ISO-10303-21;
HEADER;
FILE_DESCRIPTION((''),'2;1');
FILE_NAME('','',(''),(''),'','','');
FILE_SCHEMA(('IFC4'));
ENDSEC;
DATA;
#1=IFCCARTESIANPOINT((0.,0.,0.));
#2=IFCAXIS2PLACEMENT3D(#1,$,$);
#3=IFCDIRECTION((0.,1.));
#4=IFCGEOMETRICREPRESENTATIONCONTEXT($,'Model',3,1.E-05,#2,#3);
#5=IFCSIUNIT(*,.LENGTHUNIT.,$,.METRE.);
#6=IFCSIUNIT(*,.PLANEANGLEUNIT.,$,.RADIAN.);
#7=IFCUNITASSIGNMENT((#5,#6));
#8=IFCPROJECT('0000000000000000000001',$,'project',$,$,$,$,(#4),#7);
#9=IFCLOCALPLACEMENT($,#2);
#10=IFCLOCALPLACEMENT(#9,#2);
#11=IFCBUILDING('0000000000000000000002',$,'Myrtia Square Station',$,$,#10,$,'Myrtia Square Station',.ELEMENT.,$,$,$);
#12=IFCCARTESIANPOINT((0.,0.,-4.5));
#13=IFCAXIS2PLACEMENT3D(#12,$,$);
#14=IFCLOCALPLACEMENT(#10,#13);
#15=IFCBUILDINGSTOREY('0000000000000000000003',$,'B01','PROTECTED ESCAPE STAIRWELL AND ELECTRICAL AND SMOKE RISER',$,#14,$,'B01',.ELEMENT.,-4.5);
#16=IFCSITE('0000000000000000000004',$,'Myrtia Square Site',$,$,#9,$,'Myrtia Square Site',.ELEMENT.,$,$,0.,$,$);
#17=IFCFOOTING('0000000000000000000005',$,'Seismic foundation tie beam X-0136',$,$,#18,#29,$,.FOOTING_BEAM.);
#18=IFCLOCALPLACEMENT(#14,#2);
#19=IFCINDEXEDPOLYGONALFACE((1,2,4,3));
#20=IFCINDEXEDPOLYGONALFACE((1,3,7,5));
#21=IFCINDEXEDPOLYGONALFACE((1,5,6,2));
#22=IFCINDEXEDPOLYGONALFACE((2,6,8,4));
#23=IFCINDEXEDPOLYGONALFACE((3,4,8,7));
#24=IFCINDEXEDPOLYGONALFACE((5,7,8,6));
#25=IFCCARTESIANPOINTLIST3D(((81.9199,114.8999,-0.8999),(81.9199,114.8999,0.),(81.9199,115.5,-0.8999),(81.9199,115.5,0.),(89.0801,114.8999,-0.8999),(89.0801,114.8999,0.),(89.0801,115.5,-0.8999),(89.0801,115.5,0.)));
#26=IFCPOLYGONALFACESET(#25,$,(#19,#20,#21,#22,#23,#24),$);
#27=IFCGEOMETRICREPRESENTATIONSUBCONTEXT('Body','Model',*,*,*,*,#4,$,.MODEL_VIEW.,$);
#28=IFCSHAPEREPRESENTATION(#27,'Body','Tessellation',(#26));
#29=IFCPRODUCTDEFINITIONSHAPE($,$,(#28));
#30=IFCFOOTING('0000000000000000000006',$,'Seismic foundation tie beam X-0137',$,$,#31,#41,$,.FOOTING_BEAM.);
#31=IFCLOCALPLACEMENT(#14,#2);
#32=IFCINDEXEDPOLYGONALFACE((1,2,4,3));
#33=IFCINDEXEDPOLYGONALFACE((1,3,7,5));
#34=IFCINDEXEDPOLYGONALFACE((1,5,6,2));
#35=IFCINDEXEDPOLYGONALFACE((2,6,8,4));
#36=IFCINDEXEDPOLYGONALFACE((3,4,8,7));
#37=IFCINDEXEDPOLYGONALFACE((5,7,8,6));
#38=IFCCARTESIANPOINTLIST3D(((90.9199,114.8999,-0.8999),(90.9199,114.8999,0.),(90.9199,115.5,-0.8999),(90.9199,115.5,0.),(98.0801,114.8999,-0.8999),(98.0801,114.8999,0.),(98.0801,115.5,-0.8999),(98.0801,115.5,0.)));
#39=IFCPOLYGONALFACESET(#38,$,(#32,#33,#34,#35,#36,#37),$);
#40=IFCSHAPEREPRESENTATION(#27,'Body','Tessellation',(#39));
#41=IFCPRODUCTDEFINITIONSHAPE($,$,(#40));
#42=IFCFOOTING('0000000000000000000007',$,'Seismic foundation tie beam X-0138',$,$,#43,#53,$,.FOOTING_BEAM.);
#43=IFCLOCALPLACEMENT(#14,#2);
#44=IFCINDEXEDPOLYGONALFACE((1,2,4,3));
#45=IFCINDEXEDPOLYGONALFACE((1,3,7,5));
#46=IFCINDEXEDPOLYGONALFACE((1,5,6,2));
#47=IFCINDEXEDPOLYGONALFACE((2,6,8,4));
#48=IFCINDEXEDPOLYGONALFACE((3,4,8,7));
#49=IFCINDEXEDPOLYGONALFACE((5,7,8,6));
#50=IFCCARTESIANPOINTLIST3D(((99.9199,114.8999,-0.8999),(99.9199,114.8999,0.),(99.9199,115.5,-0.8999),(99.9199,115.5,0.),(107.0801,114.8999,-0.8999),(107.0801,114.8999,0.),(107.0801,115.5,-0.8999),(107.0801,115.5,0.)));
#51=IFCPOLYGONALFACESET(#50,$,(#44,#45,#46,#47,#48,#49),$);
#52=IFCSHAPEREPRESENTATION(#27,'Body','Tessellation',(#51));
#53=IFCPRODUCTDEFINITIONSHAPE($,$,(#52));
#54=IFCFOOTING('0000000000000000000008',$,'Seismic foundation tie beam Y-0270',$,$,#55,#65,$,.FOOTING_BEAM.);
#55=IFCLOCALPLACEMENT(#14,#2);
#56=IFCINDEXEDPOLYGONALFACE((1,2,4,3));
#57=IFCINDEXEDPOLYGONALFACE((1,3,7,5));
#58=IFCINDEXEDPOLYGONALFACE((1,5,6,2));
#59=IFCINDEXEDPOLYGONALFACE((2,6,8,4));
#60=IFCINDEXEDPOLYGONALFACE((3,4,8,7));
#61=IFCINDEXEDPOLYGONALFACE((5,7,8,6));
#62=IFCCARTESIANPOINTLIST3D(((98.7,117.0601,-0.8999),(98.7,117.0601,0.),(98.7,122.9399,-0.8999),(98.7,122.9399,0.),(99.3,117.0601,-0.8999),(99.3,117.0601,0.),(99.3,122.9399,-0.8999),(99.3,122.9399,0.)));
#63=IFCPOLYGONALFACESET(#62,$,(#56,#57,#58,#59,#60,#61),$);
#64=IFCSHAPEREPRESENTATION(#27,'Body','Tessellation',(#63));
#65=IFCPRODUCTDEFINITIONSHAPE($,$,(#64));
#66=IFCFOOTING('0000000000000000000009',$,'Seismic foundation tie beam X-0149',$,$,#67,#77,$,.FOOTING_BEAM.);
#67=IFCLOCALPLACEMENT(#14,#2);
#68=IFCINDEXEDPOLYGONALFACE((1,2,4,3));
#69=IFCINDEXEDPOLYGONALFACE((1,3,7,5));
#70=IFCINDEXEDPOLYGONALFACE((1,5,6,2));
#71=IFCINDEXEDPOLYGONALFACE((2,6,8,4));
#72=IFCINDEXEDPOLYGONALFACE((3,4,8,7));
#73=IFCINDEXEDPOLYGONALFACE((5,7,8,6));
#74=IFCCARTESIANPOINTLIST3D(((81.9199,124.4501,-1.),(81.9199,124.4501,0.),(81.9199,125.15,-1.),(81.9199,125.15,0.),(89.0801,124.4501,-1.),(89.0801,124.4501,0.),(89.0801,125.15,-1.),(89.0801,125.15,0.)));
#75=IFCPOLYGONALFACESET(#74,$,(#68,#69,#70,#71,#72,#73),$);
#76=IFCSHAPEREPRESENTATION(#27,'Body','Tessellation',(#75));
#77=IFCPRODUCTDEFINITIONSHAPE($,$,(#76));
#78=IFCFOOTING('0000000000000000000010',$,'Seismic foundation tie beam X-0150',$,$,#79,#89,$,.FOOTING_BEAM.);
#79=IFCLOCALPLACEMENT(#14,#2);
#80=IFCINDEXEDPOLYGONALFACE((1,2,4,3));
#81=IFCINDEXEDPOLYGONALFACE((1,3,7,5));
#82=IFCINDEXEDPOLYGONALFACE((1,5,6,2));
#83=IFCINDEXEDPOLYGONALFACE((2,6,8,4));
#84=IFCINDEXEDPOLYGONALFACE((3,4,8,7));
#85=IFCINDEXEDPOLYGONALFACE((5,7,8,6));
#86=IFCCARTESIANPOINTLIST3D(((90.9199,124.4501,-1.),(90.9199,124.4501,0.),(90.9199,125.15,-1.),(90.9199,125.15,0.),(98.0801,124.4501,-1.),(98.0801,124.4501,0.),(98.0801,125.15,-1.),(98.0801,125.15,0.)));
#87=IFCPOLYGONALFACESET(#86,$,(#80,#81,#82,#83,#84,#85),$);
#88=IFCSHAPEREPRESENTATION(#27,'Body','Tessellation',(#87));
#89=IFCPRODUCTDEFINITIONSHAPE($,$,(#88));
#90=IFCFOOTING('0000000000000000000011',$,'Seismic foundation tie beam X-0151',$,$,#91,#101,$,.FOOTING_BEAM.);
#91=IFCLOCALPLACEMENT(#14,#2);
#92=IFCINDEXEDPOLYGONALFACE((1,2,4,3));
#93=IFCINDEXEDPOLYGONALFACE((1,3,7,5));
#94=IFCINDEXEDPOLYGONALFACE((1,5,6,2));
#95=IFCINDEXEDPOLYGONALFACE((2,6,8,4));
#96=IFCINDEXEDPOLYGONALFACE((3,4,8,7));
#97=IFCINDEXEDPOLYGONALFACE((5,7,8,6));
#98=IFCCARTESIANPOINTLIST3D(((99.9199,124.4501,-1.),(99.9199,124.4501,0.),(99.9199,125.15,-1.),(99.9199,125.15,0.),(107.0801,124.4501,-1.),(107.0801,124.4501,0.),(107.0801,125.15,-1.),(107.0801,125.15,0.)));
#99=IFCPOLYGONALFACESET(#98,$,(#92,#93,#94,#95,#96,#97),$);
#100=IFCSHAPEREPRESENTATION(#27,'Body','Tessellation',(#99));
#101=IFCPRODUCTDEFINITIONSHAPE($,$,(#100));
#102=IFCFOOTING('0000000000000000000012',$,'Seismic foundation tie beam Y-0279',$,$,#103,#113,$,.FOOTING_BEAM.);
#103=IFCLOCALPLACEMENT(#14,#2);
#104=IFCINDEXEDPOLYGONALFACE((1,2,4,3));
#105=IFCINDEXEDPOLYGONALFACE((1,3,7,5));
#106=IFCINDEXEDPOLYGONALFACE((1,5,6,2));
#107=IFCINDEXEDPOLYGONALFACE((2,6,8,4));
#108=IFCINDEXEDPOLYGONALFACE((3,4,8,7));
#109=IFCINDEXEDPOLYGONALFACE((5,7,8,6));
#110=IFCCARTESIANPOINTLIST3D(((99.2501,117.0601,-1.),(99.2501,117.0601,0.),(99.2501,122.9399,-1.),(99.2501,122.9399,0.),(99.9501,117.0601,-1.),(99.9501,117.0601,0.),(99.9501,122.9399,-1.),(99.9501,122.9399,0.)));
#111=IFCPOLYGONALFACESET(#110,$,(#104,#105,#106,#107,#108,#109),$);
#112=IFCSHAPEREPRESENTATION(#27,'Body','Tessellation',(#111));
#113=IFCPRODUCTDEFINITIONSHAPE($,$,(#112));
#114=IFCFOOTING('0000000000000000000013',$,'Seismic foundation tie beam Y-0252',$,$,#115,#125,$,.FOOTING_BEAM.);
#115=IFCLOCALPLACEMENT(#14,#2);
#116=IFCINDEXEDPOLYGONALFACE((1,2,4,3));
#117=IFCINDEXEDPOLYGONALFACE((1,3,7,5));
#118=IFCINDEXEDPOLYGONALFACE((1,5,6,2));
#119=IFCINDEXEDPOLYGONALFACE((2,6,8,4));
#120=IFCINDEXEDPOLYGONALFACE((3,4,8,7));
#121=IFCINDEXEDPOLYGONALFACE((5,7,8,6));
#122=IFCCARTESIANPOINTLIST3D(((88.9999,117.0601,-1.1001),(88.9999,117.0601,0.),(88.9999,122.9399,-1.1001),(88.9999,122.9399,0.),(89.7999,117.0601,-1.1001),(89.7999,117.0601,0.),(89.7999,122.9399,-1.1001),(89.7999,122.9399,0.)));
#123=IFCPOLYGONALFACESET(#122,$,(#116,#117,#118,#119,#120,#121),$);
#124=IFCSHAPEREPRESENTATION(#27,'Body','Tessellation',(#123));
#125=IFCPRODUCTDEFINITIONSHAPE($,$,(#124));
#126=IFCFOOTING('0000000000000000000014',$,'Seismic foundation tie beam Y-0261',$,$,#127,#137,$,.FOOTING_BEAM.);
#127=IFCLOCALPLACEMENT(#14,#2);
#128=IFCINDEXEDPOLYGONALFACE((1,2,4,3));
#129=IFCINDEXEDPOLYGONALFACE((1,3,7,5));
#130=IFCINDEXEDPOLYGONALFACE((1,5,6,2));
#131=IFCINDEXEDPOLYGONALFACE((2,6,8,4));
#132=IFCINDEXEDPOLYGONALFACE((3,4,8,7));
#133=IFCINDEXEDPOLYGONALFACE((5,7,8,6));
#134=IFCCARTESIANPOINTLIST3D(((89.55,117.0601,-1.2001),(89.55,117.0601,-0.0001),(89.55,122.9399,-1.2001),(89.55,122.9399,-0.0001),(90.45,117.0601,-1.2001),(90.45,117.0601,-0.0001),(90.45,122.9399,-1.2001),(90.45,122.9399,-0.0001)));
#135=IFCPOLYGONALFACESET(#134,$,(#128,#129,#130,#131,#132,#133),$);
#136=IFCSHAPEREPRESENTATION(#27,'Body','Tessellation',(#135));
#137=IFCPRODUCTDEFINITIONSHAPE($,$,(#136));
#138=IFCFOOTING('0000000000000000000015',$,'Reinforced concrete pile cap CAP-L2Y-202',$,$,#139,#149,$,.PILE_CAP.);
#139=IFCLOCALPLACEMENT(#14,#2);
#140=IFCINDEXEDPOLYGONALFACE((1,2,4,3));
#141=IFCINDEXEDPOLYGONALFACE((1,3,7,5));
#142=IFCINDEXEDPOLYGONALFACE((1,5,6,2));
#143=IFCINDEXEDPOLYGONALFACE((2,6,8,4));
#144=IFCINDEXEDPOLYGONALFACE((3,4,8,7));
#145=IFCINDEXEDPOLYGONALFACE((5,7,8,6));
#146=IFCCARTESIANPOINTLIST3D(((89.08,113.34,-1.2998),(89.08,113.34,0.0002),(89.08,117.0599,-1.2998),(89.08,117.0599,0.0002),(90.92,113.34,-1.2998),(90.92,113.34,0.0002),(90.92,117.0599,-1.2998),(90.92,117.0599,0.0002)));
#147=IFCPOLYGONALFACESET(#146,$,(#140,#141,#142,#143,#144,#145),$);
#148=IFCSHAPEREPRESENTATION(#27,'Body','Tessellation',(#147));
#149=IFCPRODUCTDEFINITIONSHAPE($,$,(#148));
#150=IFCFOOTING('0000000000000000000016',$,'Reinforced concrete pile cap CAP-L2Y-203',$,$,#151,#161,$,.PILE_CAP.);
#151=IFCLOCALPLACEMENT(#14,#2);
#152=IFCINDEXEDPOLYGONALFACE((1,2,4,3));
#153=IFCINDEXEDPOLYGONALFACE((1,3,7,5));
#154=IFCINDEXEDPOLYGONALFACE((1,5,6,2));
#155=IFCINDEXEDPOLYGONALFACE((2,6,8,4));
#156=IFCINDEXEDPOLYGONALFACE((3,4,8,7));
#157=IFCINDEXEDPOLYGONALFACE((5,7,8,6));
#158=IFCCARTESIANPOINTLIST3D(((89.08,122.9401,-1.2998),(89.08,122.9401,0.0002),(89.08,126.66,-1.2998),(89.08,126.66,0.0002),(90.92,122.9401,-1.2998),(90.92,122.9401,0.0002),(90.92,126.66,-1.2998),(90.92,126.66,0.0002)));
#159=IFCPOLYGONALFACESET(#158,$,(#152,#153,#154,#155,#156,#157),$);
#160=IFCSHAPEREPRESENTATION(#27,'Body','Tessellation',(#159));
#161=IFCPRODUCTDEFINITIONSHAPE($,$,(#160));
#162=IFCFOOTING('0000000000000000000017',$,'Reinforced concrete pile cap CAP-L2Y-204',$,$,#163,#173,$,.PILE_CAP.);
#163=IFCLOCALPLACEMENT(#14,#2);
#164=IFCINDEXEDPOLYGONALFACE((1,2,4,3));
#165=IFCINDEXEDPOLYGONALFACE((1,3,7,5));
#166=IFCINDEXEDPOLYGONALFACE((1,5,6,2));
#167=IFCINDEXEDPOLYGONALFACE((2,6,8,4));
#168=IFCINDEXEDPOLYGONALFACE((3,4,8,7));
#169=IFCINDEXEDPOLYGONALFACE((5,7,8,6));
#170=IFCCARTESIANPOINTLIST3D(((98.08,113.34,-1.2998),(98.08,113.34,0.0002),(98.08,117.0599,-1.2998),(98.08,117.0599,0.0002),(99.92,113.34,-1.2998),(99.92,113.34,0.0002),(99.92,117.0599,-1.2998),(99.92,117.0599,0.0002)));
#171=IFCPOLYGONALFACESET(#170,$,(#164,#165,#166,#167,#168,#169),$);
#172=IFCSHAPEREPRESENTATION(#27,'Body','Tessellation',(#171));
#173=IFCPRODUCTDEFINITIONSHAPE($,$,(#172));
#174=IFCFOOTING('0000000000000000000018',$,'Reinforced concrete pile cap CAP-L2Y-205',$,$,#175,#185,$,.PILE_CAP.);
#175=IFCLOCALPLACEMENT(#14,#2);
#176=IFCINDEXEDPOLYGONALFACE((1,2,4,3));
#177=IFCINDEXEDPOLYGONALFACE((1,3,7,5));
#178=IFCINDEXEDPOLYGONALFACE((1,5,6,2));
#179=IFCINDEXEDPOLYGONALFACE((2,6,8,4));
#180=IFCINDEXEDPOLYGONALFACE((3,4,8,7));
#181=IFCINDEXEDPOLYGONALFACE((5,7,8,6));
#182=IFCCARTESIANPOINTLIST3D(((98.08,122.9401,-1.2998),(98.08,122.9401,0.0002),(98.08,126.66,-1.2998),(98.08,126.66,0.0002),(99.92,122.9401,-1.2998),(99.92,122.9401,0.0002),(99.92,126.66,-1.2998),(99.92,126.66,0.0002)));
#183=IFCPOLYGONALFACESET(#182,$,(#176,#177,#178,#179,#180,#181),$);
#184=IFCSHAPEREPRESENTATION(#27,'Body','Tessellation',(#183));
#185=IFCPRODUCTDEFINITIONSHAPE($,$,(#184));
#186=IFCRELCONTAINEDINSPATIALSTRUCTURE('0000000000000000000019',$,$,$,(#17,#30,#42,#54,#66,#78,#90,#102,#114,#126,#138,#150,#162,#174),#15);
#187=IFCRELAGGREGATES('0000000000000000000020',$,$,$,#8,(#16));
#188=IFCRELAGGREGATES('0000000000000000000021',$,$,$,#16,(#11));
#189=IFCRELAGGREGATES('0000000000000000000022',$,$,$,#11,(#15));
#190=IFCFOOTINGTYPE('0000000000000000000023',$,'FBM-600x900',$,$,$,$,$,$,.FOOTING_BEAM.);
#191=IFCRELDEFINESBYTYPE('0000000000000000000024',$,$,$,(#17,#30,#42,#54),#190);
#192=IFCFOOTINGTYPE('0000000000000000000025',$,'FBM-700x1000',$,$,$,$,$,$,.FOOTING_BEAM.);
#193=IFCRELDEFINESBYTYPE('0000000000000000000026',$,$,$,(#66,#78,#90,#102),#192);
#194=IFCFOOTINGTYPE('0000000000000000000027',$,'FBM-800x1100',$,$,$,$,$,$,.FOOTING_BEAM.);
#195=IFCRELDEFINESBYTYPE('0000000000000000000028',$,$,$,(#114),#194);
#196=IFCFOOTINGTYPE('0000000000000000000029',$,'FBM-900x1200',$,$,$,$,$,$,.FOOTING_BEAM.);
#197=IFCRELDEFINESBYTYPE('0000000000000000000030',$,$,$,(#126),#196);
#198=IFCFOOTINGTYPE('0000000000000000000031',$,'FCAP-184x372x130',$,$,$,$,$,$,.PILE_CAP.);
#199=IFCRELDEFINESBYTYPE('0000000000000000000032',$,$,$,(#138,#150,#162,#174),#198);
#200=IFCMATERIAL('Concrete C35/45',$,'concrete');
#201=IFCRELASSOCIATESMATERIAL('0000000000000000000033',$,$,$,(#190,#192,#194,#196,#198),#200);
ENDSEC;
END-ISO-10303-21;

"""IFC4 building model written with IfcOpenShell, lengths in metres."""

from ifc_helpers import new_model, si_unit, direction, frame, origin, origin_2d, place, context, subcontext, project, spatial, rectangle, extrude, material, material_profile, profile_set, type_object, element, save


model = new_model("IFC4")

# Units and contexts
model_context = context("Model", 3, precision=1e-05, world=origin(), true_north=direction((0.0, 1.0)))
body_context = subcontext(model_context, "Body", "Model", "MODEL_VIEW")
ifc_project = project(units=[si_unit("LENGTHUNIT", "METRE"), si_unit("PLANEANGLEUNIT", "RADIAN")], contexts=[model_context])

# Site, building, storey
site_placement = place(None, origin())
site = spatial("IfcSite", under=ifc_project, at=site_placement, Name="Myrtia Square Site", LongName="Myrtia Square Site", CompositionType="ELEMENT", RefElevation=0.0)
building_placement = place(site_placement, origin())
building = spatial("IfcBuilding", under=site, at=building_placement, Name="Myrtia Square Station", LongName="Myrtia Square Station", CompositionType="ELEMENT")
storey_placement = place(building_placement, frame((0.0, 0.0, -4.5)))
storey = spatial("IfcBuildingStorey", under=building, at=storey_placement, Name="B01", Description="PROTECTED ESCAPE STAIRWELL AND ELECTRICAL AND SMOKE RISER", LongName="B01", CompositionType="ELEMENT", Elevation=-4.5)

# Footings
ifc_material_1 = material(Name="Concrete C35/45", Category="concrete")
ifc_material_profile_1 = material_profile(ifc_material_1, rectangle(XDim=0.6001, YDim=0.8999, at=origin_2d()), Name="FB 600x900")
ifc_profile_set_1 = profile_set([ifc_material_profile_1], Name="Concrete C35/45")
footing_type_1 = type_object("IfcFootingType", Name="FBM-600x900", PredefinedType="FOOTING_BEAM", material=ifc_profile_set_1)
for number, where, z_axis, x_axis, name in (
    (1, (81.9199, 115.2, -0.45), (1.0, 0.0, 0.0), (0.0, 1.0, 0.0), "Seismic foundation tie beam X-0136"),
    (2, (90.9199, 115.2, -0.45), (1.0, 0.0, 0.0), (0.0, 1.0, 0.0), "Seismic foundation tie beam X-0137"),
    (3, (99.9199, 115.2, -0.45), (1.0, 0.0, 0.0), (0.0, 1.0, 0.0), "Seismic foundation tie beam X-0138"),
):
    element("IfcFooting", number, at=place(storey_placement, frame(where, z_axis=z_axis, x_axis=x_axis)), inside=storey, type_object=footing_type_1, Name=name, PredefinedType="FOOTING_BEAM", context=body_context, shape_type="SweptSolid", body=[
        extrude(rectangle(XDim=0.6001, YDim=0.8999, at=origin_2d()), origin(), (0.0, 0.0, 1.0), 7.1602),
    ])
footing_1_placement = place(storey_placement, frame((99.0, 117.0601, -0.45), z_axis=(0.0, 1.0, 0.0), x_axis=(-1.0, 0.0, 0.0)))
element("IfcFooting", 4, at=footing_1_placement, inside=storey, type_object=footing_type_1, Name="Seismic foundation tie beam Y-0270", PredefinedType="FOOTING_BEAM", context=body_context, shape_type="SweptSolid", body=[
    extrude(rectangle(XDim=0.6001, YDim=0.8999, at=origin_2d()), origin(), (0.0, 0.0, 1.0), 5.8799),
])
ifc_material_profile_2 = material_profile(ifc_material_1, rectangle(XDim=0.7, YDim=1.0, at=origin_2d()), Name="FB 700x1000")
ifc_profile_set_2 = profile_set([ifc_material_profile_2], Name="Concrete C35/45")
footing_type_2 = type_object("IfcFootingType", Name="FBM-700x1000", PredefinedType="FOOTING_BEAM", material=ifc_profile_set_2)
for number, where, z_axis, x_axis, name in (
    (5, (81.9199, 124.8, -0.5), (1.0, 0.0, 0.0), (0.0, 1.0, 0.0), "Seismic foundation tie beam X-0149"),
    (6, (90.9199, 124.8, -0.5), (1.0, 0.0, 0.0), (0.0, 1.0, 0.0), "Seismic foundation tie beam X-0150"),
    (7, (99.9199, 124.8, -0.5), (1.0, 0.0, 0.0), (0.0, 1.0, 0.0), "Seismic foundation tie beam X-0151"),
):
    element("IfcFooting", number, at=place(storey_placement, frame(where, z_axis=z_axis, x_axis=x_axis)), inside=storey, type_object=footing_type_2, Name=name, PredefinedType="FOOTING_BEAM", context=body_context, shape_type="SweptSolid", body=[
        extrude(rectangle(XDim=0.7, YDim=1.0, at=origin_2d()), origin(), (0.0, 0.0, 1.0), 7.1602),
    ])
footing_2_placement = place(storey_placement, frame((99.6001, 117.0601, -0.5), z_axis=(0.0, 1.0, 0.0), x_axis=(-1.0, 0.0, 0.0)))
element("IfcFooting", 8, at=footing_2_placement, inside=storey, type_object=footing_type_2, Name="Seismic foundation tie beam Y-0279", PredefinedType="FOOTING_BEAM", context=body_context, shape_type="SweptSolid", body=[
    extrude(rectangle(XDim=0.7, YDim=1.0, at=origin_2d()), origin(), (0.0, 0.0, 1.0), 5.8799),
])
ifc_material_profile_3 = material_profile(ifc_material_1, rectangle(XDim=0.8, YDim=1.1001, at=origin_2d()), Name="FB 800x1100")
ifc_profile_set_3 = profile_set([ifc_material_profile_3], Name="Concrete C35/45")
footing_type_3 = type_object("IfcFootingType", Name="FBM-800x1100", PredefinedType="FOOTING_BEAM", material=ifc_profile_set_3)
footing_3_placement = place(storey_placement, frame((89.3999, 117.0601, -0.55), z_axis=(0.0, 1.0, 0.0), x_axis=(-1.0, 0.0, 0.0)))
element("IfcFooting", 9, at=footing_3_placement, inside=storey, type_object=footing_type_3, Name="Seismic foundation tie beam Y-0252", PredefinedType="FOOTING_BEAM", context=body_context, shape_type="SweptSolid", body=[
    extrude(rectangle(XDim=0.8, YDim=1.1001, at=origin_2d()), origin(), (0.0, 0.0, 1.0), 5.8799),
])
ifc_material_profile_4 = material_profile(ifc_material_1, rectangle(XDim=0.8999, YDim=1.2, at=origin_2d()), Name="FB 900x1200")
ifc_profile_set_4 = profile_set([ifc_material_profile_4], Name="Concrete C35/45")
footing_type_4 = type_object("IfcFootingType", Name="FBM-900x1200", PredefinedType="FOOTING_BEAM", material=ifc_profile_set_4)
footing_4_placement = place(storey_placement, frame((90.0, 117.0601, -0.6001), z_axis=(0.0, 1.0, 0.0), x_axis=(-1.0, 0.0, 0.0)))
element("IfcFooting", 10, at=footing_4_placement, inside=storey, type_object=footing_type_4, Name="Seismic foundation tie beam Y-0261", PredefinedType="FOOTING_BEAM", context=body_context, shape_type="SweptSolid", body=[
    extrude(rectangle(XDim=0.8999, YDim=1.2, at=origin_2d()), origin(), (0.0, 0.0, 1.0), 5.8799),
])
footing_type_5 = type_object("IfcFootingType", Name="FCAP-184x372x130", PredefinedType="PILE_CAP", material=ifc_material_1)
for number, where, z_axis, x_axis, name in (
    (11, (90.0, 115.2, -1.2998), (0.0, 0.0, 1.0), (1.0, 0.0, 0.0), "Reinforced concrete pile cap CAP-L2Y-202"),
    (12, (90.0, 124.8, -1.2998), (0.0, 0.0, 1.0), (1.0, 0.0, 0.0), "Reinforced concrete pile cap CAP-L2Y-203"),
    (13, (99.0, 115.2, -1.2998), (0.0, 0.0, 1.0), (1.0, 0.0, 0.0), "Reinforced concrete pile cap CAP-L2Y-204"),
    (14, (99.0, 124.8, -1.2998), (0.0, 0.0, 1.0), (1.0, 0.0, 0.0), "Reinforced concrete pile cap CAP-L2Y-205"),
):
    element("IfcFooting", number, at=place(storey_placement, frame(where, z_axis=z_axis, x_axis=x_axis)), inside=storey, type_object=footing_type_5, Name=name, PredefinedType="PILE_CAP", context=body_context, shape_type="SweptSolid", body=[
        extrude(rectangle(XDim=1.8401, YDim=3.72, at=origin_2d()), origin(), (0.0, 0.0, 1.0), 1.3),
    ])

save(model, "model.ifc")
